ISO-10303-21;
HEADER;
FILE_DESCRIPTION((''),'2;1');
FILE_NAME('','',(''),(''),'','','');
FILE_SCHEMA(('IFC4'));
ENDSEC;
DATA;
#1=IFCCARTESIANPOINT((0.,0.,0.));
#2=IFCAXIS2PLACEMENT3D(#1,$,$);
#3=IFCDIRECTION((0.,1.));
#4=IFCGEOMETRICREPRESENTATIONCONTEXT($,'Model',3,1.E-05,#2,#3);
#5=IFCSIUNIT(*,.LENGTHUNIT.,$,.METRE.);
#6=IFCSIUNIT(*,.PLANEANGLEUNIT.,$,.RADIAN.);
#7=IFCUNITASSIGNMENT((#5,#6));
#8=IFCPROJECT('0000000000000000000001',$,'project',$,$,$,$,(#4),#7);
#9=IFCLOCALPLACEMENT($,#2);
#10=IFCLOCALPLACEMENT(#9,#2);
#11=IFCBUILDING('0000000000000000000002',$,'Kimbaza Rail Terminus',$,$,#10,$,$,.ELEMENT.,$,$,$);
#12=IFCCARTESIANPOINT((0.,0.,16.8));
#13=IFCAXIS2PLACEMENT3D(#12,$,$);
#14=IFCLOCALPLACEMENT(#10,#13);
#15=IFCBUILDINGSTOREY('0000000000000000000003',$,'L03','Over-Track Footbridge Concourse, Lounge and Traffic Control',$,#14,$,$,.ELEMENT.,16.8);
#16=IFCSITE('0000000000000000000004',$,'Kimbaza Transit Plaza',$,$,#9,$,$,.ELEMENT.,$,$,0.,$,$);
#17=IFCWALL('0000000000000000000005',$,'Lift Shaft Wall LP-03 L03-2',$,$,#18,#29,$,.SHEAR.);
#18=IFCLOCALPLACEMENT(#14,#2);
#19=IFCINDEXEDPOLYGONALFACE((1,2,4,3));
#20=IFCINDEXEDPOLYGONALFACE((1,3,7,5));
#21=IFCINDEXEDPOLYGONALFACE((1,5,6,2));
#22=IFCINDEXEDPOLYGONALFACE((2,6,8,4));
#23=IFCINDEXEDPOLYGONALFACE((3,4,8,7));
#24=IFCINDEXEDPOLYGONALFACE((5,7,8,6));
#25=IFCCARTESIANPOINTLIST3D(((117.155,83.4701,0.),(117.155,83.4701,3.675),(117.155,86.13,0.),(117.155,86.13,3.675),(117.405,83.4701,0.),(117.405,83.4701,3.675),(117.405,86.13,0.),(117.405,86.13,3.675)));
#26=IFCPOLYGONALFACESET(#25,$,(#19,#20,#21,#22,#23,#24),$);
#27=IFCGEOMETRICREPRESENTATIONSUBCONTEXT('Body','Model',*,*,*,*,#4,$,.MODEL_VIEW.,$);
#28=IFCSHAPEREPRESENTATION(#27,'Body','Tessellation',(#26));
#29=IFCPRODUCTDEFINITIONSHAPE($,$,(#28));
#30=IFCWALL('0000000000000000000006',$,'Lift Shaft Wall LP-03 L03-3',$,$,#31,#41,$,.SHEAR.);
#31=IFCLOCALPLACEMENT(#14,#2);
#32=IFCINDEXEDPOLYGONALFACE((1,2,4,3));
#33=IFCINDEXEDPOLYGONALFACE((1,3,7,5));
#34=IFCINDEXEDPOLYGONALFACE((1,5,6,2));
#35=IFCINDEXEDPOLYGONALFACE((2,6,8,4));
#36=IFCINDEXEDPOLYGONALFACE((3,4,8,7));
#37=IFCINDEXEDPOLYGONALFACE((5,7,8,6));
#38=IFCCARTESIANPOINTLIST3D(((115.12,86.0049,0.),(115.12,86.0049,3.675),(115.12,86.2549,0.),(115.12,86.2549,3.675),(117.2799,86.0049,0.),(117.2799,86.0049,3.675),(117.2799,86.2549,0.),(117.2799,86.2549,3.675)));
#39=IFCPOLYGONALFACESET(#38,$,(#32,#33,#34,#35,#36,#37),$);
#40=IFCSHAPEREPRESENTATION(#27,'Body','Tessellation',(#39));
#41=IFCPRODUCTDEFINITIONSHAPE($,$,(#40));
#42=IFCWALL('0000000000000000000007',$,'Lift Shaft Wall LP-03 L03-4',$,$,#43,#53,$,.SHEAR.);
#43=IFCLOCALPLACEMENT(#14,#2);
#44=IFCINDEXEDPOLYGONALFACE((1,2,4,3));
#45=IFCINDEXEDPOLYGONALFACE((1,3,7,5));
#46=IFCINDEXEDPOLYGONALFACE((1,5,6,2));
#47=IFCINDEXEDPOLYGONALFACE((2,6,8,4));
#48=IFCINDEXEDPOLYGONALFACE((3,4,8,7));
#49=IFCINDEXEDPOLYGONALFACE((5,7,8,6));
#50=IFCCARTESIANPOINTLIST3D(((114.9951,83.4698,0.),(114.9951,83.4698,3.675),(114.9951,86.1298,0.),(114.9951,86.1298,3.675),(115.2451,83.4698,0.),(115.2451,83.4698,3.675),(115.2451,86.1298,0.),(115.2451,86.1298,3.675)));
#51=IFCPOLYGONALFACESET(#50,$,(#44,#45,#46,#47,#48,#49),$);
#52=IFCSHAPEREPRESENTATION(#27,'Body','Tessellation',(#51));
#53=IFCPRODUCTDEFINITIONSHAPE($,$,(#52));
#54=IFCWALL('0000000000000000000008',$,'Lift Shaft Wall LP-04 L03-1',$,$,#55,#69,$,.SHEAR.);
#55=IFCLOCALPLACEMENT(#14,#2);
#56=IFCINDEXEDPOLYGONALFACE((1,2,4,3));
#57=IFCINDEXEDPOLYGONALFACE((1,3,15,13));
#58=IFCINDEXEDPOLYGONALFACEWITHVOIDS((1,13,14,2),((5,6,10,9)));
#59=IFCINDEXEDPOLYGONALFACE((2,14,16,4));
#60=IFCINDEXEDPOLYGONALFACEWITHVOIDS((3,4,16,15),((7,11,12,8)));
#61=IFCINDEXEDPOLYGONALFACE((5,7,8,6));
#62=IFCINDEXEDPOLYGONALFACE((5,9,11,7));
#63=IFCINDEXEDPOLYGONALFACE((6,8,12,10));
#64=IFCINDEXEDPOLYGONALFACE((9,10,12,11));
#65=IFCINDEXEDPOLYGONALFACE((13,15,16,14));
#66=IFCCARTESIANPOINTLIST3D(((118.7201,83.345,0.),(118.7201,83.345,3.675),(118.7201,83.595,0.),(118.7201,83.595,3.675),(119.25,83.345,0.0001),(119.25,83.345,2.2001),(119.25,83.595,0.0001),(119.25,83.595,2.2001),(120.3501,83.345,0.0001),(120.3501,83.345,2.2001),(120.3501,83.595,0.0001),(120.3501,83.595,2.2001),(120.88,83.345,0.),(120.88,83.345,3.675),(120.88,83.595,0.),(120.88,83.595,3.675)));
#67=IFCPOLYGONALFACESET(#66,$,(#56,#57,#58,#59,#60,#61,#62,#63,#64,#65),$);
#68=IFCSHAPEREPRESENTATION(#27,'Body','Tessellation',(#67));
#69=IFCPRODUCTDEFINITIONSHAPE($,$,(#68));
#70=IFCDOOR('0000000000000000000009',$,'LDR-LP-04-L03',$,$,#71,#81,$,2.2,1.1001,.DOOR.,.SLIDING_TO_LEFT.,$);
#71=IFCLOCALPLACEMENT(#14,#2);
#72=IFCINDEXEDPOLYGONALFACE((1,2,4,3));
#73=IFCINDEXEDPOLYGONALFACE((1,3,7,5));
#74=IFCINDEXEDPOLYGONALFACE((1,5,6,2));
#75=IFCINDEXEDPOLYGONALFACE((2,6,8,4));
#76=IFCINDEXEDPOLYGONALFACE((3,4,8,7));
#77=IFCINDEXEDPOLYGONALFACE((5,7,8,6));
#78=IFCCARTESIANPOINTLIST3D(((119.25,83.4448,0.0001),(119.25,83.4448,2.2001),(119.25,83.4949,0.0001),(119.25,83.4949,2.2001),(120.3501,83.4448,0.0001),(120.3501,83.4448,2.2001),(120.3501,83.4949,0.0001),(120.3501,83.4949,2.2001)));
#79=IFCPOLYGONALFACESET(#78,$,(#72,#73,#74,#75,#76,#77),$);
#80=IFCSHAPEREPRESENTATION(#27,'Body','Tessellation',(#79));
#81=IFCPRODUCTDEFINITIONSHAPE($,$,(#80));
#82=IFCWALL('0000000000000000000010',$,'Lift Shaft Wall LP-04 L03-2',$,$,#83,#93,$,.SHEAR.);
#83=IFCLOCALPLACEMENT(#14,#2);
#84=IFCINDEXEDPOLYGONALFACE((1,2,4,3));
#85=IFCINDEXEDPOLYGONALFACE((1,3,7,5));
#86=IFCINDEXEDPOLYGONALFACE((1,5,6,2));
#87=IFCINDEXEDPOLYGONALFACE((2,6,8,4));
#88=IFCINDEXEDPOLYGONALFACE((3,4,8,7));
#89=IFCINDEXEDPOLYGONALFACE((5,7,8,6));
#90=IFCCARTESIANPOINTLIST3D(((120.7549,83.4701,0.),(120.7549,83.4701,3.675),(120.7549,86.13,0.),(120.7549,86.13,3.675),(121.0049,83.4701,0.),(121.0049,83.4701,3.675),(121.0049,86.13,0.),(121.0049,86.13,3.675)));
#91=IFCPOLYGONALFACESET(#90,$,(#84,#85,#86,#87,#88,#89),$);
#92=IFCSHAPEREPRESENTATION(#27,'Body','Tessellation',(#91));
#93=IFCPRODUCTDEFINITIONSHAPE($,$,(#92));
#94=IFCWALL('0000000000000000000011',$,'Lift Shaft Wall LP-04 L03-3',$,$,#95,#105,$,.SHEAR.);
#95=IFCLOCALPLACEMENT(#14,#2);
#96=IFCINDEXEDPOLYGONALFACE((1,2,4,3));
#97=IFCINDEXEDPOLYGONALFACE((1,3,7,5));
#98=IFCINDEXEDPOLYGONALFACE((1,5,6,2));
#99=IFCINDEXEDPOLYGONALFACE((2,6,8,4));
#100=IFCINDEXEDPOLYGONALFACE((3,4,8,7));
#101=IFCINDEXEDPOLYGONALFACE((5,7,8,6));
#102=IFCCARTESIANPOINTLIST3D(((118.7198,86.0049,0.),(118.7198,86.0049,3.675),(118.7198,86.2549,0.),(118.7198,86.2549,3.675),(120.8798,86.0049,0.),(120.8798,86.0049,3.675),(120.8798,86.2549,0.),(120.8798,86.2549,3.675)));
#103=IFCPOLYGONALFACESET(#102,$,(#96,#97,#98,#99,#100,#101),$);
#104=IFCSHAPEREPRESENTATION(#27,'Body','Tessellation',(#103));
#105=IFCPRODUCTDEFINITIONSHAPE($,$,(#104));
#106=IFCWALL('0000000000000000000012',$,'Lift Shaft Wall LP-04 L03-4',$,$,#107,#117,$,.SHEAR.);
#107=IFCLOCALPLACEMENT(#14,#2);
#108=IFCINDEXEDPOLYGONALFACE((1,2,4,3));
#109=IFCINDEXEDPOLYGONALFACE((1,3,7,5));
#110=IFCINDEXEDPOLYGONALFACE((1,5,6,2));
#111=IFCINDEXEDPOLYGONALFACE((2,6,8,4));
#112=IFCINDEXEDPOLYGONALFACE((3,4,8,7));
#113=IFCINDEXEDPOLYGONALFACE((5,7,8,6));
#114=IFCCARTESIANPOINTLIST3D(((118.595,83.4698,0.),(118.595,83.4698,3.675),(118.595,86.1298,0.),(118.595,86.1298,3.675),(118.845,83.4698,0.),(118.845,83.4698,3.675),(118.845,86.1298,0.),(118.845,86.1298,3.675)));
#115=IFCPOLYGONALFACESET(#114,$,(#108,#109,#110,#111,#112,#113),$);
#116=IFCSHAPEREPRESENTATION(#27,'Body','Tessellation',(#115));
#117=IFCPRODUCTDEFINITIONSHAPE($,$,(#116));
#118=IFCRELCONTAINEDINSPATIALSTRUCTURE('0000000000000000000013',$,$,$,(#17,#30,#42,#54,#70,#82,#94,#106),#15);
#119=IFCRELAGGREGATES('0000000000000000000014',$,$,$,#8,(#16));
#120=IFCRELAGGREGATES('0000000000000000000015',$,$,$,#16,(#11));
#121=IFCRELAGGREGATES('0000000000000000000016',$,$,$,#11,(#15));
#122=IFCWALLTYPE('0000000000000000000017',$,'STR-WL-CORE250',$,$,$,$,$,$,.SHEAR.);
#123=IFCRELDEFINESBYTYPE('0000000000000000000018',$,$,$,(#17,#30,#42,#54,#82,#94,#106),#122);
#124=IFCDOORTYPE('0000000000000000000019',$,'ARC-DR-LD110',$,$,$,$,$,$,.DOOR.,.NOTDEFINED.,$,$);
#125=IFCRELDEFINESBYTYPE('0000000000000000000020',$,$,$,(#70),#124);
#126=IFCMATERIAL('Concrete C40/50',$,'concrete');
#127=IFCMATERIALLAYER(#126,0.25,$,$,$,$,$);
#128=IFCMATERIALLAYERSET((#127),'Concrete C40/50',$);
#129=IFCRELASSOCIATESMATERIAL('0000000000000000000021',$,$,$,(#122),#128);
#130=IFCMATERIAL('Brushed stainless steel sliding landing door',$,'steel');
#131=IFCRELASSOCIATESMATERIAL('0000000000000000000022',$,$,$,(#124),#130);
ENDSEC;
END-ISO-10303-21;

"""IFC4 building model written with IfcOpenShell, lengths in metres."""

from ifc_helpers import new_model, si_unit, direction, frame, frame_2d, origin, place, context, subcontext, project, spatial, rectangle, extrude, material, layer, layer_set, type_object, element, fill, save


model = new_model("IFC4")

# Units and contexts
model_context = context("Model", 3, precision=1e-05, world=origin(), true_north=direction((0.0, 1.0)))
body_context = subcontext(model_context, "Body", "Model", "MODEL_VIEW")
ifc_project = project(units=[si_unit("LENGTHUNIT", "METRE"), si_unit("PLANEANGLEUNIT", "RADIAN")], contexts=[model_context])

# Site, building, storey
site_placement = place(None, origin())
site = spatial("IfcSite", under=ifc_project, at=site_placement, Name="Kimbaza Transit Plaza", CompositionType="ELEMENT", RefElevation=0.0)
building_placement = place(site_placement, origin())
building = spatial("IfcBuilding", under=site, at=building_placement, Name="Kimbaza Rail Terminus", CompositionType="ELEMENT")
storey_placement = place(building_placement, frame((0.0, 0.0, 16.8)))
storey = spatial("IfcBuildingStorey", under=building, at=storey_placement, Name="L03", Description="Over-Track Footbridge Concourse, Lounge and Traffic Control", CompositionType="ELEMENT", Elevation=16.8)

# Shared definitions
ifc_material_1 = material(Name="Concrete C40/50", Category="concrete")
ifc_layer_1 = layer(ifc_material_1, 0.25)
ifc_layer_set_1 = layer_set([ifc_layer_1], Name="Concrete C40/50")
wall_type_1 = type_object("IfcWallType", Name="STR-WL-CORE250", PredefinedType="SHEAR", material=ifc_layer_set_1)

# Shared definitions
ifc_material_2 = material(Name="Brushed stainless steel sliding landing door", Category="steel")
door_type = type_object("IfcDoorType", Name="ARC-DR-LD110", OperationType="NOTDEFINED", PredefinedType="DOOR", material=ifc_material_2)

# Walls
wall_1_placement = place(storey_placement, frame((117.28, 83.47, 0.0), z_axis=(0.0, 0.0, 1.0), x_axis=(0.0, 1.0, 0.0)))
element("IfcWall", 1, at=wall_1_placement, inside=storey, type_object=wall_type_1, Name="Lift Shaft Wall LP-03 L03-2", PredefinedType="SHEAR", context=body_context, shape_type="SweptSolid", body=[
    extrude(rectangle(XDim=2.6599, YDim=0.25, at=frame_2d((1.3301, 0.0))), origin(), (0.0, 0.0, 1.0), 3.675),
])
wall_2_placement = place(storey_placement, frame((117.28, 86.1299, 0.0), z_axis=(0.0, 0.0, 1.0), x_axis=(-1.0, 0.0, 0.0)))
element("IfcWall", 2, at=wall_2_placement, inside=storey, type_object=wall_type_1, Name="Lift Shaft Wall LP-03 L03-3", PredefinedType="SHEAR", context=body_context, shape_type="SweptSolid", body=[
    extrude(rectangle(XDim=2.1599, YDim=0.25, at=frame_2d((1.0801, 0.0))), origin(), (0.0, 0.0, 1.0), 3.675),
])
wall_3_placement = place(storey_placement, frame((115.1201, 86.1299, 0.0), z_axis=(0.0, 0.0, 1.0), x_axis=(0.0, -1.0, 0.0)))
element("IfcWall", 3, at=wall_3_placement, inside=storey, type_object=wall_type_1, Name="Lift Shaft Wall LP-03 L03-4", PredefinedType="SHEAR", context=body_context, shape_type="SweptSolid", body=[
    extrude(rectangle(XDim=2.6599, YDim=0.25, at=frame_2d((1.3301, 0.0))), origin(), (0.0, 0.0, 1.0), 3.675),
])

# Wall, opening, door
wall_4_placement = place(storey_placement, frame((118.72, 83.47, 0.0), z_axis=(0.0, 0.0, 1.0), x_axis=(1.0, 0.0, 0.0)))
wall_4 = element("IfcWall", 4, at=wall_4_placement, inside=storey, type_object=wall_type_1, Name="Lift Shaft Wall LP-04 L03-1", PredefinedType="SHEAR", context=body_context, shape_type="SweptSolid", body=[
    extrude(rectangle(XDim=2.1599, YDim=0.25, at=frame_2d((1.0801, 0.0))), origin(), (0.0, 0.0, 1.0), 3.675),
])
opening_1_placement = place(wall_4_placement, frame((0.53, 0.0, 0.0)))
opening_1 = element("IfcOpeningElement", 5, at=opening_1_placement, cuts=wall_4, PredefinedType="OPENING", context=body_context, shape_type="SweptSolid", body=[
    extrude(rectangle(XDim=1.1001, YDim=2.2, at=frame_2d((0.55, 1.1001))), frame((0.0, 0.135, 0.0), z_axis=(0.0, -1.0, 0.0), x_axis=(1.0, 0.0, 0.0)), (0.0, 0.0, 1.0), 0.27),
])
door_1_placement = place(opening_1_placement, origin())
door_1 = element("IfcDoor", 6, at=door_1_placement, inside=storey, type_object=door_type, Name="LDR-LP-04-L03", OperationType="SLIDING_TO_LEFT", OverallHeight=2.2, OverallWidth=1.1001, PredefinedType="DOOR", context=body_context, shape_type="SweptSolid", body=[
    extrude(rectangle(XDim=1.1001, YDim=2.2, at=frame_2d((0.55, 1.1001))), frame((0.0, 0.0249, 0.0), z_axis=(0.0, -1.0, 0.0), x_axis=(1.0, 0.0, 0.0)), (0.0, 0.0, 1.0), 0.05),
])
fill(opening_1, door_1)

# Walls
wall_5_placement = place(storey_placement, frame((120.8799, 83.47, 0.0), z_axis=(0.0, 0.0, 1.0), x_axis=(0.0, 1.0, 0.0)))
element("IfcWall", 7, at=wall_5_placement, inside=storey, type_object=wall_type_1, Name="Lift Shaft Wall LP-04 L03-2", PredefinedType="SHEAR", context=body_context, shape_type="SweptSolid", body=[
    extrude(rectangle(XDim=2.6599, YDim=0.25, at=frame_2d((1.3301, 0.0))), origin(), (0.0, 0.0, 1.0), 3.675),
])
wall_6_placement = place(storey_placement, frame((120.8799, 86.1299, 0.0), z_axis=(0.0, 0.0, 1.0), x_axis=(-1.0, 0.0, 0.0)))
element("IfcWall", 8, at=wall_6_placement, inside=storey, type_object=wall_type_1, Name="Lift Shaft Wall LP-04 L03-3", PredefinedType="SHEAR", context=body_context, shape_type="SweptSolid", body=[
    extrude(rectangle(XDim=2.1599, YDim=0.25, at=frame_2d((1.0801, 0.0))), origin(), (0.0, 0.0, 1.0), 3.675),
])
wall_7_placement = place(storey_placement, frame((118.72, 86.1299, 0.0), z_axis=(0.0, 0.0, 1.0), x_axis=(0.0, -1.0, 0.0)))
element("IfcWall", 9, at=wall_7_placement, inside=storey, type_object=wall_type_1, Name="Lift Shaft Wall LP-04 L03-4", PredefinedType="SHEAR", context=body_context, shape_type="SweptSolid", body=[
    extrude(rectangle(XDim=2.6599, YDim=0.25, at=frame_2d((1.3301, 0.0))), origin(), (0.0, 0.0, 1.0), 3.675),
])

save(model, "model.ifc")
